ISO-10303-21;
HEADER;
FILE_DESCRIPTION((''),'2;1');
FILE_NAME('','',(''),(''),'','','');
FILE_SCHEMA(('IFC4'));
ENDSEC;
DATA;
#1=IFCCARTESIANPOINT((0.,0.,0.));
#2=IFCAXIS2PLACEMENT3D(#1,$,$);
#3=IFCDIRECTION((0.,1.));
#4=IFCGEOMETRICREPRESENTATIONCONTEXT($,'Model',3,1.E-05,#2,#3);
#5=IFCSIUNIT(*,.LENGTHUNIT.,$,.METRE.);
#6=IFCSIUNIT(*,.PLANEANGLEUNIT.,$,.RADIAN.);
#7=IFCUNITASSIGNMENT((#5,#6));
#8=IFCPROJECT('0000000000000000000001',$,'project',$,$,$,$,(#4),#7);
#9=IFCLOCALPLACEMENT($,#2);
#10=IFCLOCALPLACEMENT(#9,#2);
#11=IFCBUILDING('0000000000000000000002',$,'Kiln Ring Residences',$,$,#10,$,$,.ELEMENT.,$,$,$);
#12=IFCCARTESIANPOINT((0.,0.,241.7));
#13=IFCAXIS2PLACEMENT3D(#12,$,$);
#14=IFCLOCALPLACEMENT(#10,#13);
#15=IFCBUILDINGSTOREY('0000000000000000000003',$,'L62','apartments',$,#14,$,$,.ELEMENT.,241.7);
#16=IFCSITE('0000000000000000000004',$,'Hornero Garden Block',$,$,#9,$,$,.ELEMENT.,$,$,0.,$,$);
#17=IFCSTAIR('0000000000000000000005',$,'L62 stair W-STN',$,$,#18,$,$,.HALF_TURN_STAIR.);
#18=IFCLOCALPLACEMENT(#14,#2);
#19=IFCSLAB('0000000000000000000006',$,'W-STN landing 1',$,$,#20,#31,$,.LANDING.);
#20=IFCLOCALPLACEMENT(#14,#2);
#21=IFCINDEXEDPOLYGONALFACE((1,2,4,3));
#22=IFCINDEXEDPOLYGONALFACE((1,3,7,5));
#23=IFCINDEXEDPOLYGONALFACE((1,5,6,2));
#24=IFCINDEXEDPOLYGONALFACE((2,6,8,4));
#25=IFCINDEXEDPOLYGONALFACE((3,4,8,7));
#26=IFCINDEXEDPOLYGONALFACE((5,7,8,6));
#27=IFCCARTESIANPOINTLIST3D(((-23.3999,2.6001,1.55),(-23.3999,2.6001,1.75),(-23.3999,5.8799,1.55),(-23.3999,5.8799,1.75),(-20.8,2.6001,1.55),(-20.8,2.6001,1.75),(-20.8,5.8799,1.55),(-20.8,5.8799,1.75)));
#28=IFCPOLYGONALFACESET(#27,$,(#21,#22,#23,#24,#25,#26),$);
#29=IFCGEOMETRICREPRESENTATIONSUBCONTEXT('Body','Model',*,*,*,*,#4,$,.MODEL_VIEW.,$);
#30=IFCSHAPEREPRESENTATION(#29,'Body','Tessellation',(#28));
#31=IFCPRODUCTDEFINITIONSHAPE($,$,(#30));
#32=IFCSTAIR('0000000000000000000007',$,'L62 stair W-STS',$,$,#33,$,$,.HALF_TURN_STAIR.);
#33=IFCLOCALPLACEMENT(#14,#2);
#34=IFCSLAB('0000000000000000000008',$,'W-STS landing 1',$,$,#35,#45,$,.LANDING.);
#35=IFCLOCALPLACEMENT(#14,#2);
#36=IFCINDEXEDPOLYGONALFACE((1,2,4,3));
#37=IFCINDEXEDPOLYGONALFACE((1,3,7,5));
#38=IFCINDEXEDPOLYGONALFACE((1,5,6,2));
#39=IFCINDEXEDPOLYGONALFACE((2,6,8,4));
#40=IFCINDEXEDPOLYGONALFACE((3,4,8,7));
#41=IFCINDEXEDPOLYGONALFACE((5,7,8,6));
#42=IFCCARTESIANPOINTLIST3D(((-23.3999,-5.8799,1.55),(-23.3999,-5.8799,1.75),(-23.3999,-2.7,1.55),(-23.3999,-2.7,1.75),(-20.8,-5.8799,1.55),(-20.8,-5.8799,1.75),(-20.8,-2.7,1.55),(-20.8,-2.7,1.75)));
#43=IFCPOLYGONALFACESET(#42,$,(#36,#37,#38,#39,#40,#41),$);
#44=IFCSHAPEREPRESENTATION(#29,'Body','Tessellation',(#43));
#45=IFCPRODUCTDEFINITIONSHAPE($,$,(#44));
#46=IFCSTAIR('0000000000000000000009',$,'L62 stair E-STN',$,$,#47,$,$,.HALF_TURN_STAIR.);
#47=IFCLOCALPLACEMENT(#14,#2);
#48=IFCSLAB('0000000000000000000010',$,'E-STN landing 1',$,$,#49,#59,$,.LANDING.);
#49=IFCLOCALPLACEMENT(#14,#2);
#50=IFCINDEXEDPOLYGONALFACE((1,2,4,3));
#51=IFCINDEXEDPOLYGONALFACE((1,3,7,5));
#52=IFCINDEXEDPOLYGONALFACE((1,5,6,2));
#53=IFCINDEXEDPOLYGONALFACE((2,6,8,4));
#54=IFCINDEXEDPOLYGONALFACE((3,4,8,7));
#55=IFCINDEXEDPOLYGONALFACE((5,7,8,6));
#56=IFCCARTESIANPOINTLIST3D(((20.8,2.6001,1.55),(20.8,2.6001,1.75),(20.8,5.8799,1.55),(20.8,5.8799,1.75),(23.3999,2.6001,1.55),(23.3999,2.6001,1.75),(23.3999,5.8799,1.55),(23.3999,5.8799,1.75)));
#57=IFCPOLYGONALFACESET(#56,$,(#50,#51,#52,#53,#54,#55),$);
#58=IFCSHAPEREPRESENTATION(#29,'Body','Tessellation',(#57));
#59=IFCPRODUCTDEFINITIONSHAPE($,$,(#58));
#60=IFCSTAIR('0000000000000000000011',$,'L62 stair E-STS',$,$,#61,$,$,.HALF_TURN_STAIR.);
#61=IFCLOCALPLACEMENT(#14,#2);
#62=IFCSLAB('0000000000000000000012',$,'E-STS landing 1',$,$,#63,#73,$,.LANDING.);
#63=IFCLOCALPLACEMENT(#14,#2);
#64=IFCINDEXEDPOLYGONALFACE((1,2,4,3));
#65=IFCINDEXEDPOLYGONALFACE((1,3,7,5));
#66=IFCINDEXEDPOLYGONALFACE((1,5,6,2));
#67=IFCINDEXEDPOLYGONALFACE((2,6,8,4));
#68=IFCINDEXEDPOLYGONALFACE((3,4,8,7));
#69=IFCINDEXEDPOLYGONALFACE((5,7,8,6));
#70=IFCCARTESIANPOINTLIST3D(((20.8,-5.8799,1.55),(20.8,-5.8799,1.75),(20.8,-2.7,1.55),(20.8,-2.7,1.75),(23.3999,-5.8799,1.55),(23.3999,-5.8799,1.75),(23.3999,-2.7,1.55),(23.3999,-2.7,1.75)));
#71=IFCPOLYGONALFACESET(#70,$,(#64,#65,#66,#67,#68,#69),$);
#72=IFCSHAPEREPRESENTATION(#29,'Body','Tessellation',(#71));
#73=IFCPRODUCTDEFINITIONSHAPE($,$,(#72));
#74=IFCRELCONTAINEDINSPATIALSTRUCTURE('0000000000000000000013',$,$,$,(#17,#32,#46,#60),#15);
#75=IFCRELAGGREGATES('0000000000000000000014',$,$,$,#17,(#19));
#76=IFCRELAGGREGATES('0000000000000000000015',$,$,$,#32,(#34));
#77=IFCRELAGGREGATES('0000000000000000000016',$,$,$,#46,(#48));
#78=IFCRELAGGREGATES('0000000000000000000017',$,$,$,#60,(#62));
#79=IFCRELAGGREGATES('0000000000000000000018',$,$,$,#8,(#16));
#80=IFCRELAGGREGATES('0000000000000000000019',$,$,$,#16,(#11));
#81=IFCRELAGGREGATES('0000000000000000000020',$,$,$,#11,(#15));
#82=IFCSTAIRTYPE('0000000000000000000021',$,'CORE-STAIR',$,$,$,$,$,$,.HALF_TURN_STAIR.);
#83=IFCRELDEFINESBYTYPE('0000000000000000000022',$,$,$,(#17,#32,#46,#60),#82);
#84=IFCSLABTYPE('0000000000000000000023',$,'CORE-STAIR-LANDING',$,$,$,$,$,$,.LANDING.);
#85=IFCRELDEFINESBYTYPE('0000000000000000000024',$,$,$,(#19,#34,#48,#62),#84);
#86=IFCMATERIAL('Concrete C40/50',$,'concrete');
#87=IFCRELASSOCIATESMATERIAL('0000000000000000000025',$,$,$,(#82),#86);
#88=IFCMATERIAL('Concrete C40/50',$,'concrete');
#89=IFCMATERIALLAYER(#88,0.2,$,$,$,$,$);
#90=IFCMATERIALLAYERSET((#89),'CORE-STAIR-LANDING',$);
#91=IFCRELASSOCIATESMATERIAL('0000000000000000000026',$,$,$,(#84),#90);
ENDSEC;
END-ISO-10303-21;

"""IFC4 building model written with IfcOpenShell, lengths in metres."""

from ifc_helpers import new_model, si_unit, direction, frame, origin, place, context, subcontext, project, spatial, polyline, outline, extrude, material, layer, layer_set, type_object, element, aggregate, save


model = new_model("IFC4")

# Units and contexts
model_context = context("Model", 3, precision=1e-05, world=origin(), true_north=direction((0.0, 1.0)))
body_context = subcontext(model_context, "Body", "Model", "MODEL_VIEW")
ifc_project = project(units=[si_unit("LENGTHUNIT", "METRE"), si_unit("PLANEANGLEUNIT", "RADIAN")], contexts=[model_context])

# Site, building, storey
site_placement = place(None, origin())
site = spatial("IfcSite", under=ifc_project, at=site_placement, Name="Hornero Garden Block", CompositionType="ELEMENT", RefElevation=0.0)
building_placement = place(site_placement, origin())
building = spatial("IfcBuilding", under=site, at=building_placement, Name="Kiln Ring Residences", CompositionType="ELEMENT")
storey_placement = place(building_placement, frame((0.0, 0.0, 241.7)))
storey = spatial("IfcBuildingStorey", under=building, at=storey_placement, Name="L62", Description="apartments", CompositionType="ELEMENT", Elevation=241.7)

# Stairs, slabs
ifc_material_1 = material(Name="Concrete C40/50", Category="concrete")
stair_type = type_object("IfcStairType", Name="CORE-STAIR", PredefinedType="HALF_TURN_STAIR", material=ifc_material_1)
placement_1 = place(storey_placement, origin())
stair_1 = element("IfcStair", 1, at=placement_1, inside=storey, type_object=stair_type, Name="L62 stair W-STN", PredefinedType="HALF_TURN_STAIR")
ifc_material_2 = material(Name="Concrete C40/50", Category="concrete")
ifc_layer_1 = layer(ifc_material_2, 0.2)
ifc_layer_set_1 = layer_set([ifc_layer_1], Name="CORE-STAIR-LANDING")
slab_type = type_object("IfcSlabType", Name="CORE-STAIR-LANDING", PredefinedType="LANDING", material=ifc_layer_set_1)
placement_2 = place(storey_placement, frame((0.0, 0.0, 1.55)))
slab_1 = element("IfcSlab", 2, at=placement_2, type_object=slab_type, Name="W-STN landing 1", PredefinedType="LANDING", context=body_context, shape_type="SweptSolid", body=[
    extrude(outline(polyline([(-23.3999, 5.8799), (-23.3999, 2.6001), (-20.8, 2.6001), (-20.8, 5.8799), (-23.3999, 5.8799)])), origin(), (0.0, 0.0, 1.0), 0.2),
])
aggregate(stair_1, [slab_1])
stair_2 = element("IfcStair", 3, at=placement_1, inside=storey, type_object=stair_type, Name="L62 stair W-STS", PredefinedType="HALF_TURN_STAIR")
slab_2 = element("IfcSlab", 4, at=placement_2, type_object=slab_type, Name="W-STS landing 1", PredefinedType="LANDING", context=body_context, shape_type="SweptSolid", body=[
    extrude(outline(polyline([(-20.8, -5.8799), (-20.8, -2.7), (-23.3999, -2.7), (-23.3999, -5.8799), (-20.8, -5.8799)])), origin(), (0.0, 0.0, 1.0), 0.2),
])
aggregate(stair_2, [slab_2])
stair_3 = element("IfcStair", 5, at=placement_1, inside=storey, type_object=stair_type, Name="L62 stair E-STN", PredefinedType="HALF_TURN_STAIR")
slab_3 = element("IfcSlab", 6, at=placement_2, type_object=slab_type, Name="E-STN landing 1", PredefinedType="LANDING", context=body_context, shape_type="SweptSolid", body=[
    extrude(outline(polyline([(20.8, 5.8799), (20.8, 2.6001), (23.3999, 2.6001), (23.3999, 5.8799), (20.8, 5.8799)])), origin(), (0.0, 0.0, 1.0), 0.2),
])
aggregate(stair_3, [slab_3])
stair_4 = element("IfcStair", 7, at=placement_1, inside=storey, type_object=stair_type, Name="L62 stair E-STS", PredefinedType="HALF_TURN_STAIR")
slab_4 = element("IfcSlab", 8, at=placement_2, type_object=slab_type, Name="E-STS landing 1", PredefinedType="LANDING", context=body_context, shape_type="SweptSolid", body=[
    extrude(outline(polyline([(23.3999, -5.8799), (23.3999, -2.7), (20.8, -2.7), (20.8, -5.8799), (23.3999, -5.8799)])), origin(), (0.0, 0.0, 1.0), 0.2),
])
aggregate(stair_4, [slab_4])

save(model, "model.ifc")
